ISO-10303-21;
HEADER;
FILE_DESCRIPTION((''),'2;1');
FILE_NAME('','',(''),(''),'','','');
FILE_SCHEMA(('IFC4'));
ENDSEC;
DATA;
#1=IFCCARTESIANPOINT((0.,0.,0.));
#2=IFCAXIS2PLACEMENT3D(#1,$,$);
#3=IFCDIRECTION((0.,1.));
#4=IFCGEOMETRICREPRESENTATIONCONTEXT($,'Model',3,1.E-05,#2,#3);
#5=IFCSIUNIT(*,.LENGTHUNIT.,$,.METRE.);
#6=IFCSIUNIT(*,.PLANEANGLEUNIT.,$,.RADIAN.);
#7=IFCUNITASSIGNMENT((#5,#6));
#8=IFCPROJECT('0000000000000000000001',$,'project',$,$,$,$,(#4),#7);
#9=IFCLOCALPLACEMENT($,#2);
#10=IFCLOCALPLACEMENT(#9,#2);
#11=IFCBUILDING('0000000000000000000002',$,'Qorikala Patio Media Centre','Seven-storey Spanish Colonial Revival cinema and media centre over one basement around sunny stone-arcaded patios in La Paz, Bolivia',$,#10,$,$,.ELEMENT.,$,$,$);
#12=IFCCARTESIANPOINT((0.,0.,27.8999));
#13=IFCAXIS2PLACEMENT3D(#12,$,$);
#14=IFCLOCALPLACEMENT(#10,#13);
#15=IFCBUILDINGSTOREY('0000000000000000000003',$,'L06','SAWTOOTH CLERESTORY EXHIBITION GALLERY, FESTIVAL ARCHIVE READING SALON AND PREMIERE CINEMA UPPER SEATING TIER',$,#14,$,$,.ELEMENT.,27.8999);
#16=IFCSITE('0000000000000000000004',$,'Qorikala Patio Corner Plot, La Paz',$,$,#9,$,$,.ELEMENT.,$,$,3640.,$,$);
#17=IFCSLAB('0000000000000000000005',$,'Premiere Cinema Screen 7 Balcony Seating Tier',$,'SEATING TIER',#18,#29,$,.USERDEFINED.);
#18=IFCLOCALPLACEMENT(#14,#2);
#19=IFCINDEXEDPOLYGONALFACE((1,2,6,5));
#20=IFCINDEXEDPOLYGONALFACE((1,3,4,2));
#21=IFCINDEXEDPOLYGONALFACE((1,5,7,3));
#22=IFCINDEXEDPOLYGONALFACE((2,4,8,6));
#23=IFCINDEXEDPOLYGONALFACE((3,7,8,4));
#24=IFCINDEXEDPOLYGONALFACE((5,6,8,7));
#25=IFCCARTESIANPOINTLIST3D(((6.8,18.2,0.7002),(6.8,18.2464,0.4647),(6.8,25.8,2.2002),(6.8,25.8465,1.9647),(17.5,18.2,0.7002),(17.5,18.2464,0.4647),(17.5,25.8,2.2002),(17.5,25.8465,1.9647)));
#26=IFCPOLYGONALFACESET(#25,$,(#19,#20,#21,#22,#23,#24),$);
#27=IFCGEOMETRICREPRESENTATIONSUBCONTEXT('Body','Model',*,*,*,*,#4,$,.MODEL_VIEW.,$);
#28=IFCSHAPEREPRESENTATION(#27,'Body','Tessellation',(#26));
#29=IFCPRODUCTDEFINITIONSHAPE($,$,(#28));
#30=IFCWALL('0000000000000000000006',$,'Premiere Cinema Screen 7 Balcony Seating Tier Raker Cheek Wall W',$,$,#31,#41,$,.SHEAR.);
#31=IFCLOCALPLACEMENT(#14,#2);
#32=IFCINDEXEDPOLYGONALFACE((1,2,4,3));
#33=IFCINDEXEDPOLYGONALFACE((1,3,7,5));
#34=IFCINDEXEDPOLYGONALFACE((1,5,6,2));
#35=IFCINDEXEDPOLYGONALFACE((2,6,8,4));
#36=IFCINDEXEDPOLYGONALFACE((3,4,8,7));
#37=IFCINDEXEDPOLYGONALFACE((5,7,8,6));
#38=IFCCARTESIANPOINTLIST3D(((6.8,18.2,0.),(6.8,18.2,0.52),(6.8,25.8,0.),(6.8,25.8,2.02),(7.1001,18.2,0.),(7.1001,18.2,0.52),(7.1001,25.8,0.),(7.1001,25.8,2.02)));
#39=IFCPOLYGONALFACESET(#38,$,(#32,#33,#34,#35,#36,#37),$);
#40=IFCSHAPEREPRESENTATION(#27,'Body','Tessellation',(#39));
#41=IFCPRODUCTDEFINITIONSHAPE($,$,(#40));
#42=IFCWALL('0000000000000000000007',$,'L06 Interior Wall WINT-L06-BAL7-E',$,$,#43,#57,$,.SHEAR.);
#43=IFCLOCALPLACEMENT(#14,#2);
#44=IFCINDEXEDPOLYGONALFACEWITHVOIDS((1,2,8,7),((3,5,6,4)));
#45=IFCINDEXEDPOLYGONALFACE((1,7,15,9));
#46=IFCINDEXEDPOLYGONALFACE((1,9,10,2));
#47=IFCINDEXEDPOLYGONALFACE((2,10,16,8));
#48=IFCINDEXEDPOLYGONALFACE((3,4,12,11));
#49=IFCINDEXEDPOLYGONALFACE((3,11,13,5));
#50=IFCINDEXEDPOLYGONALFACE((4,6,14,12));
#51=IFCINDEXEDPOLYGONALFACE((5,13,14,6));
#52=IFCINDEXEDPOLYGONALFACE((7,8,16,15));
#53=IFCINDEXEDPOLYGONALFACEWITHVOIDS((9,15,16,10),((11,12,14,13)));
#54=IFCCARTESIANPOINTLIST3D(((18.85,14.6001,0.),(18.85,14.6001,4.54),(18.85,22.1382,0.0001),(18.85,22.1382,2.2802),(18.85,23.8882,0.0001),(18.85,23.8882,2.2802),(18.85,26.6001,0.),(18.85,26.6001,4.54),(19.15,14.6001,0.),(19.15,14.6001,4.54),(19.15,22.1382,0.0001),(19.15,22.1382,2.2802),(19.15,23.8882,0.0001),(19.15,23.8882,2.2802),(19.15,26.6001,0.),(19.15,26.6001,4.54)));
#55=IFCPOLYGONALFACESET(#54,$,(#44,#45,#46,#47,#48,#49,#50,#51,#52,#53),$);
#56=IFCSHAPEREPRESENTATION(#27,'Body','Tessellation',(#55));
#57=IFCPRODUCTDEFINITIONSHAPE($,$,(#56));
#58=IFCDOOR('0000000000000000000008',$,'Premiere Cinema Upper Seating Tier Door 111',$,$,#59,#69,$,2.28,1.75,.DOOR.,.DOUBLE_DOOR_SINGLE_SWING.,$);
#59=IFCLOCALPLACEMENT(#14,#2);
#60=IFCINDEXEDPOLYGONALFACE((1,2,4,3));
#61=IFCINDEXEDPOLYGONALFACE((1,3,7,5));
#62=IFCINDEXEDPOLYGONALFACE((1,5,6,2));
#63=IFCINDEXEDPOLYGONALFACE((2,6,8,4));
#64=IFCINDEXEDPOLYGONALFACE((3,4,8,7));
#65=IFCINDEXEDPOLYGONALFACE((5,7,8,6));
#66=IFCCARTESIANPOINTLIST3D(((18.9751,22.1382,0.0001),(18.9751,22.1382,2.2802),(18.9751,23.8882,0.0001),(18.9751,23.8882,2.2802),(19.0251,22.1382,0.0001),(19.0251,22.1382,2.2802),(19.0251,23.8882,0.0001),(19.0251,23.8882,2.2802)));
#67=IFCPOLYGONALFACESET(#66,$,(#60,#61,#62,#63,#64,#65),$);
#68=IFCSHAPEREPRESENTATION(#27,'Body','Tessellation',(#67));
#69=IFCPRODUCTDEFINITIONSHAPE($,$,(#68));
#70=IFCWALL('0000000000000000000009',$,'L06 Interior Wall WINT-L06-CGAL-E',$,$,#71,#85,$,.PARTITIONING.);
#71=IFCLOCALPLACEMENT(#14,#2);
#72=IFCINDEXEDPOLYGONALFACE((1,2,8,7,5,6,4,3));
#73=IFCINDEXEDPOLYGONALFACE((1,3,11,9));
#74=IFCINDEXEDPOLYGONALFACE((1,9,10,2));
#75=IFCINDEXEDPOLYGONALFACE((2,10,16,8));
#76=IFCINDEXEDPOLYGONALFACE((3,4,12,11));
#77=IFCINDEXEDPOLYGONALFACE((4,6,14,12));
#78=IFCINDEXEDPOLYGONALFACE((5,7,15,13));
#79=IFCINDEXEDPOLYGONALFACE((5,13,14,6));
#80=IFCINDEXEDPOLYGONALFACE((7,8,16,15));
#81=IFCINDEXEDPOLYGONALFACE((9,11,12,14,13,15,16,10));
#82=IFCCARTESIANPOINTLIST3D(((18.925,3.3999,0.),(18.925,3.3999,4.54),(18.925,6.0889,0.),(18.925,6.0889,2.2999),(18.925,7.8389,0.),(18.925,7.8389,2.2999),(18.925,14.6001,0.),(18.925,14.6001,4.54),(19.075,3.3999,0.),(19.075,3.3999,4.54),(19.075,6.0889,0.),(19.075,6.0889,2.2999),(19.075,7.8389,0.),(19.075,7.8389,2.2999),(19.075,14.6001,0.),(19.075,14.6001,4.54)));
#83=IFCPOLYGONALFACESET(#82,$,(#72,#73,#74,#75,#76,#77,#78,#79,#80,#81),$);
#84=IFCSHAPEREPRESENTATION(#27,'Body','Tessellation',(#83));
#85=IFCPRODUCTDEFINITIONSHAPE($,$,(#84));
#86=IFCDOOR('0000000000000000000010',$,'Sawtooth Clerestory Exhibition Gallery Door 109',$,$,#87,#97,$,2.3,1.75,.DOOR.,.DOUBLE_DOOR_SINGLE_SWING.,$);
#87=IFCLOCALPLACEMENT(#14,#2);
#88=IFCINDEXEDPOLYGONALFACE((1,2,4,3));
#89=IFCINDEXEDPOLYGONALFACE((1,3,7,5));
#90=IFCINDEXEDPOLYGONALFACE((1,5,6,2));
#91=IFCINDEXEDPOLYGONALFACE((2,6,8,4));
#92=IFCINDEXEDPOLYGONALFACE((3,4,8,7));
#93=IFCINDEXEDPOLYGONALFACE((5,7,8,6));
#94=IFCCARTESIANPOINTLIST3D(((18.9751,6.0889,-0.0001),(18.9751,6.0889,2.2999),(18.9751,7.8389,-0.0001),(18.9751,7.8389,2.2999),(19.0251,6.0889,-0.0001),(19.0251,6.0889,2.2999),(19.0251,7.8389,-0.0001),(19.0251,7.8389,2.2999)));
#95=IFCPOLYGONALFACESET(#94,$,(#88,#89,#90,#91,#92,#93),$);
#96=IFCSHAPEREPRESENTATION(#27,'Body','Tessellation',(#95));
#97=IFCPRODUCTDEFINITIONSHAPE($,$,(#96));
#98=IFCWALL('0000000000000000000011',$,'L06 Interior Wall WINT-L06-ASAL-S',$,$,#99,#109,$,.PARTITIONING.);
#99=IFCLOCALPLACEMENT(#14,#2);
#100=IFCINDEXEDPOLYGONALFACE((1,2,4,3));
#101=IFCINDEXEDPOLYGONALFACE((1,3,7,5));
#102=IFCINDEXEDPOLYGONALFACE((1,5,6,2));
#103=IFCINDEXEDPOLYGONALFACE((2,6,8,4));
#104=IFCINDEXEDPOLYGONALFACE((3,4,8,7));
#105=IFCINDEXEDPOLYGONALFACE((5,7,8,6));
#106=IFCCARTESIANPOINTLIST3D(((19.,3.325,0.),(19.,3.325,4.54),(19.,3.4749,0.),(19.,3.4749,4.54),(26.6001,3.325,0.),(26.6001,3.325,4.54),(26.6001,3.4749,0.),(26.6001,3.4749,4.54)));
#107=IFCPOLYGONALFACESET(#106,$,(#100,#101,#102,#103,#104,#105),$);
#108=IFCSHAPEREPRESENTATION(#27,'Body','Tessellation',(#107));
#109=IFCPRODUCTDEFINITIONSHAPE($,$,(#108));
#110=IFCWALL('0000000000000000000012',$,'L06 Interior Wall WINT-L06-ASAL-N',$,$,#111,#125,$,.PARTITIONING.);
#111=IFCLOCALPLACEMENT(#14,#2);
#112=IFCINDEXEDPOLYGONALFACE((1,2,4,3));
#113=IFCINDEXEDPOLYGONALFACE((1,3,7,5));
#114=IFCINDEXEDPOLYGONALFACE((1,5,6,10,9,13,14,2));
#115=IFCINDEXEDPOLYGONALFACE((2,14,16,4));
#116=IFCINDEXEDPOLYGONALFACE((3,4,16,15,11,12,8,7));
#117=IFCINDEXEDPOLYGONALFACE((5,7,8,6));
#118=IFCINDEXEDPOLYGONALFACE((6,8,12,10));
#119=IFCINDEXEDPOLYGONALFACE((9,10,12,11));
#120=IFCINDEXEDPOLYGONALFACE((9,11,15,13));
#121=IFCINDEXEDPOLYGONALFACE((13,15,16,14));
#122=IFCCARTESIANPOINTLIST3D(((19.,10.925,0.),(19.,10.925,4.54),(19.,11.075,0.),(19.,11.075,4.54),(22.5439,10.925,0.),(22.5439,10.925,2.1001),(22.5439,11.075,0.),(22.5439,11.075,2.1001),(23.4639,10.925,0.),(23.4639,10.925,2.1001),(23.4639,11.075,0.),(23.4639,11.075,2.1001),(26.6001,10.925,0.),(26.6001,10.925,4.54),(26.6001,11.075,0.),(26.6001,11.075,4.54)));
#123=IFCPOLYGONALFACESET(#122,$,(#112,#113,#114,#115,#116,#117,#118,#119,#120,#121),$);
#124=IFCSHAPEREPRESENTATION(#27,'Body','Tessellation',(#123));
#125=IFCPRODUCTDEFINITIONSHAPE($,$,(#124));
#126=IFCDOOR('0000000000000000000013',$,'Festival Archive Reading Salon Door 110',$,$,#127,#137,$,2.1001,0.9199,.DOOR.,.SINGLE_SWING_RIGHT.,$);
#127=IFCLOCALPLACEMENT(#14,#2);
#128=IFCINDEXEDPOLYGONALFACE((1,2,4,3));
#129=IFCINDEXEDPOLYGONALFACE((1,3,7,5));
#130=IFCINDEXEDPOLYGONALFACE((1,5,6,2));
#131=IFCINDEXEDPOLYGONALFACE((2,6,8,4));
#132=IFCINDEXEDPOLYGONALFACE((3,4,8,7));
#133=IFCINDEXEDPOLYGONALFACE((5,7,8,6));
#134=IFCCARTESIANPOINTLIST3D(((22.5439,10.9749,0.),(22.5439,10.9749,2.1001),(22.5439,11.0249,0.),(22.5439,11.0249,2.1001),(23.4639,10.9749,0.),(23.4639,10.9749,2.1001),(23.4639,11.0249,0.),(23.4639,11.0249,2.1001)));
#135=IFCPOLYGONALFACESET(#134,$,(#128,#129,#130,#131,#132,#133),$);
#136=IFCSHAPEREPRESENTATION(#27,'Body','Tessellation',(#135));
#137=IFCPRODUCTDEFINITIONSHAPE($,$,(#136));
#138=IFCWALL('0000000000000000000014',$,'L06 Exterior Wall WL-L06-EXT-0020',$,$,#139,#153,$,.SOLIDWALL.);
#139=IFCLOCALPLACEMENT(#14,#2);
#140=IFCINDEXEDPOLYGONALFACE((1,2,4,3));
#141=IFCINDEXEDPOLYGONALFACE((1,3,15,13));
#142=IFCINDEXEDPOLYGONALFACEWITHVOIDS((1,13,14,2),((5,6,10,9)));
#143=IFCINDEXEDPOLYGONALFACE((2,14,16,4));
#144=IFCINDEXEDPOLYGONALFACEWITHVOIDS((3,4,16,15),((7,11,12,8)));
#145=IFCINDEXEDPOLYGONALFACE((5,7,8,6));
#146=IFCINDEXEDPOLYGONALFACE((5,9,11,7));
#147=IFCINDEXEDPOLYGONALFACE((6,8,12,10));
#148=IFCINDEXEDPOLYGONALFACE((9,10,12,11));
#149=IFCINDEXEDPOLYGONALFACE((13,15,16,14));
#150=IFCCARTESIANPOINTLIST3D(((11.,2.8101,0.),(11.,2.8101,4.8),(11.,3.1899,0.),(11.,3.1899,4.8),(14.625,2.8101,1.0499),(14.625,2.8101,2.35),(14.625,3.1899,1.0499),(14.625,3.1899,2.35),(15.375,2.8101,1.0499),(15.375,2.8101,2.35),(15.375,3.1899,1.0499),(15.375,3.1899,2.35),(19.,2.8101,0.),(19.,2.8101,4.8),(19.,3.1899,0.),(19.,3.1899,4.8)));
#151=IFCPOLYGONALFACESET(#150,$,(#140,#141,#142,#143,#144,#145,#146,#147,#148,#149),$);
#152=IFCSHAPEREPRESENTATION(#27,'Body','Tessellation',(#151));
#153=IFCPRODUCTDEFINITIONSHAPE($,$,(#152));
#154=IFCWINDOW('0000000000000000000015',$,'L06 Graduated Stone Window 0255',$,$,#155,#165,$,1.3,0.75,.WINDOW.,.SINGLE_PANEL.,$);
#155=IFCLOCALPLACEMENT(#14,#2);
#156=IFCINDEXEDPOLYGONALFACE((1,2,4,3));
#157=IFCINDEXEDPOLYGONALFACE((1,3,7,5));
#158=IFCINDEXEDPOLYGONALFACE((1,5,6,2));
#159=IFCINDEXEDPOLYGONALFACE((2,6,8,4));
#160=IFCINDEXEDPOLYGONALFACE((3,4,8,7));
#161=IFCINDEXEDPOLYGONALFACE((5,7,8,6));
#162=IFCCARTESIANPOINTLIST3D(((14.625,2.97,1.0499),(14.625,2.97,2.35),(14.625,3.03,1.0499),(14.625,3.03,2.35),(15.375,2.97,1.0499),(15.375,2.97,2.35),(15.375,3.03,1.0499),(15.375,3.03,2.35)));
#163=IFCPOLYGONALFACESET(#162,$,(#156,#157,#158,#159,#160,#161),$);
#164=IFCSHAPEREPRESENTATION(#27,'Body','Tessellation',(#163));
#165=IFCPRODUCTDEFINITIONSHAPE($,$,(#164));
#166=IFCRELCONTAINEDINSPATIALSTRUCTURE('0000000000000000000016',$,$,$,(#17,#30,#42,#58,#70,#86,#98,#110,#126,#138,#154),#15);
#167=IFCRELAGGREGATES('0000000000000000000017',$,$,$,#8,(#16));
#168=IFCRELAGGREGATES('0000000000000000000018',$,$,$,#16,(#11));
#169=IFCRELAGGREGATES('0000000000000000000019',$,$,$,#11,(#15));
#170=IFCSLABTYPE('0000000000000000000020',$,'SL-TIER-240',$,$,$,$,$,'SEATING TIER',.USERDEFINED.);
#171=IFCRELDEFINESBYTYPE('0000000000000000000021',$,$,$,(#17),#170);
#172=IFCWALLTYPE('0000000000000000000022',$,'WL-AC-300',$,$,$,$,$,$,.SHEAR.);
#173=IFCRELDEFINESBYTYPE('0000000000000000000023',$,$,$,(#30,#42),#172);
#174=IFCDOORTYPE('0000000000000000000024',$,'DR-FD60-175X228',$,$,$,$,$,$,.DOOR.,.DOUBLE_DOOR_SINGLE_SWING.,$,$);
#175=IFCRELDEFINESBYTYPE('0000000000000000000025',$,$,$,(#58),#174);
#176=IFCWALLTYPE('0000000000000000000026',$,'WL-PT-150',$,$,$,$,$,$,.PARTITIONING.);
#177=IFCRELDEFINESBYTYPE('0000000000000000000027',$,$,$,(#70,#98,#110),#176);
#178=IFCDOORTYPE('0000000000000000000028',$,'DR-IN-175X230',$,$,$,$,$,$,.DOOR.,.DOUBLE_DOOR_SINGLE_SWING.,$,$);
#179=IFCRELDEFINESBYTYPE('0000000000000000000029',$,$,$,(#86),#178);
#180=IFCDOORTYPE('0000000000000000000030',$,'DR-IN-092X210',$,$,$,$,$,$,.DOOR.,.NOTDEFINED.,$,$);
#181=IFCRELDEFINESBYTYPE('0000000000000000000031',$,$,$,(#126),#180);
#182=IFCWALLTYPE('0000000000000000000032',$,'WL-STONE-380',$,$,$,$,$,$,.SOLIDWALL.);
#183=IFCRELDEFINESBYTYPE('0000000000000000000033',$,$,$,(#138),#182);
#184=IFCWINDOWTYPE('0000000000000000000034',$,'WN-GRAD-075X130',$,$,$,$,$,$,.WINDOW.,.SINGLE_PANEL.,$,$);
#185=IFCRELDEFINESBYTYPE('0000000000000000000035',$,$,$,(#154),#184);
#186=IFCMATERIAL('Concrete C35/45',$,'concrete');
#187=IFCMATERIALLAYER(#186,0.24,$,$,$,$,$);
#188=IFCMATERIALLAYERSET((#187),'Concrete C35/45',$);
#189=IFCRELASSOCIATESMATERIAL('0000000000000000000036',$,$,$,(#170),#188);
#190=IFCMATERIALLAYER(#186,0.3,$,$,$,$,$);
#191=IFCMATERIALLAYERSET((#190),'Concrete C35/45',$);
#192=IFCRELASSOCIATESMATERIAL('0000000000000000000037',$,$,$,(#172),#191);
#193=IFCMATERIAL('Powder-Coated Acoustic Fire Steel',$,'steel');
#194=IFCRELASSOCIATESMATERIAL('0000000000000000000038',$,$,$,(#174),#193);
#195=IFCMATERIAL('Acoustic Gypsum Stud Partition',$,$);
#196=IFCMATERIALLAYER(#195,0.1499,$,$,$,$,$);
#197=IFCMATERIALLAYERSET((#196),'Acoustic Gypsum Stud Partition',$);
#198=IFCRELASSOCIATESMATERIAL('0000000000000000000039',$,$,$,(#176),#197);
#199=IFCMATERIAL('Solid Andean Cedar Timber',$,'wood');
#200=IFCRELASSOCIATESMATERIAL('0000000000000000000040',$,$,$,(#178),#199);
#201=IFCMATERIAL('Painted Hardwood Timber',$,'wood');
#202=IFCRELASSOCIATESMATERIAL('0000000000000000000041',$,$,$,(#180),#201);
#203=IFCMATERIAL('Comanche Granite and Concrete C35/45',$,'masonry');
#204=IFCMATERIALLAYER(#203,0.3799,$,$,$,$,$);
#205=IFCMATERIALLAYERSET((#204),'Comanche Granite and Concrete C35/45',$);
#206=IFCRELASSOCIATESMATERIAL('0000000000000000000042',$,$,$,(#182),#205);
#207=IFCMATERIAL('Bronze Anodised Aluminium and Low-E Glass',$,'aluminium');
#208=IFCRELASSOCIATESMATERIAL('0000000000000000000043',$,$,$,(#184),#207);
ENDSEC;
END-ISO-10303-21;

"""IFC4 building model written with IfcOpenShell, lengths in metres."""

from ifc_helpers import new_model, si_unit, direction, frame, frame_2d, origin, place, context, subcontext, project, spatial, polyline, rectangle, outline, extrude, material, layer, layer_set, type_object, element, fill, save


model = new_model("IFC4")

# Units and contexts
model_context = context("Model", 3, precision=1e-05, world=origin(), true_north=direction((0.0, 1.0)))
body_context = subcontext(model_context, "Body", "Model", "MODEL_VIEW")
ifc_project = project(units=[si_unit("LENGTHUNIT", "METRE"), si_unit("PLANEANGLEUNIT", "RADIAN")], contexts=[model_context])

# Site, building, storey
site_placement = place(None, origin())
site = spatial("IfcSite", under=ifc_project, at=site_placement, Name="Qorikala Patio Corner Plot, La Paz", CompositionType="ELEMENT", RefElevation=3640.0)
building_placement = place(site_placement, origin())
building = spatial("IfcBuilding", under=site, at=building_placement, Name="Qorikala Patio Media Centre", Description="Seven-storey Spanish Colonial Revival cinema and media centre over one basement around sunny stone-arcaded patios in La Paz, Bolivia", CompositionType="ELEMENT")
storey_placement = place(building_placement, frame((0.0, 0.0, 27.8999)))
storey = spatial("IfcBuildingStorey", under=building, at=storey_placement, Name="L06", Description="SAWTOOTH CLERESTORY EXHIBITION GALLERY, FESTIVAL ARCHIVE READING SALON AND PREMIERE CINEMA UPPER SEATING TIER", CompositionType="ELEMENT", Elevation=27.8999)

# Shared definitions
ifc_material_1 = material(Name="Concrete C35/45", Category="concrete")

# Slab
ifc_layer_1 = layer(ifc_material_1, 0.24)
ifc_layer_set_1 = layer_set([ifc_layer_1], Name="Concrete C35/45")
slab_type = type_object("IfcSlabType", Name="SL-TIER-240", ElementType="SEATING TIER", PredefinedType="USERDEFINED", material=ifc_layer_set_1)
slab_placement = place(storey_placement, frame((6.8, 18.2, 0.7002), z_axis=(0.0, -0.193631, 0.981075), x_axis=(1.0, 0.0, 0.0)))
element("IfcSlab", 1, at=slab_placement, inside=storey, type_object=slab_type, Name="Premiere Cinema Screen 7 Balcony Seating Tier", ObjectType="SEATING TIER", PredefinedType="USERDEFINED", context=body_context, shape_type="SweptSolid", body=[
    extrude(outline(polyline([(0.0, 0.0), (10.7, 0.0), (10.7, 7.7467), (0.0, 7.7467), (0.0, 0.0)])), origin(), (0.0, 0.0, -1.0), 0.24),
])

# Wall
ifc_layer_2 = layer(ifc_material_1, 0.3)
ifc_layer_set_2 = layer_set([ifc_layer_2], Name="Concrete C35/45")
wall_type_1 = type_object("IfcWallType", Name="WL-AC-300", PredefinedType="SHEAR", material=ifc_layer_set_2)
wall_1_placement = place(storey_placement, frame((6.95, 18.2, 0.0), z_axis=(0.0, 0.0, 1.0), x_axis=(0.0, 1.0, 0.0)))
element("IfcWall", 2, at=wall_1_placement, inside=storey, type_object=wall_type_1, Name="Premiere Cinema Screen 7 Balcony Seating Tier Raker Cheek Wall W", PredefinedType="SHEAR", context=body_context, shape_type="SweptSolid", body=[
    extrude(outline(polyline([(0.0, 0.0), (7.6001, 0.0), (7.6001, 2.02), (0.0, 0.52), (0.0, 0.0)])), frame((0.0, 0.1499, 0.0), z_axis=(0.0, -1.0, 0.0), x_axis=(1.0, 0.0, 0.0)), (0.0, 0.0, 1.0), 0.3),
])

# Walls, openings, doors
wall_2_placement = place(storey_placement, frame((19.0, 14.6001, 0.0), z_axis=(0.0, 0.0, 1.0), x_axis=(0.0, 1.0, 0.0)))
wall_2 = element("IfcWall", 3, at=wall_2_placement, inside=storey, type_object=wall_type_1, Name="L06 Interior Wall WINT-L06-BAL7-E", PredefinedType="SHEAR", context=body_context, shape_type="SweptSolid", body=[
    extrude(rectangle(XDim=12.0, YDim=0.3, at=frame_2d((6.0, 0.0))), origin(), (0.0, 0.0, 1.0), 4.54),
])
opening_1_placement = place(wall_2_placement, frame((7.5381, 0.0, 0.0)))
opening_1 = element("IfcOpeningElement", 4, at=opening_1_placement, cuts=wall_2, PredefinedType="OPENING", context=body_context, shape_type="SweptSolid", body=[
    extrude(rectangle(XDim=1.75, YDim=2.28, at=frame_2d((0.875, 1.1401))), frame((0.0, 0.1599, 0.0), z_axis=(0.0, -1.0, 0.0), x_axis=(1.0, 0.0, 0.0)), (0.0, 0.0, 1.0), 0.3201),
])
ifc_material_2 = material(Name="Powder-Coated Acoustic Fire Steel", Category="steel")
door_type_1 = type_object("IfcDoorType", Name="DR-FD60-175X228", OperationType="DOUBLE_DOOR_SINGLE_SWING", PredefinedType="DOOR", material=ifc_material_2)
door_1_placement = place(opening_1_placement, origin())
door_1 = element("IfcDoor", 5, at=door_1_placement, inside=storey, type_object=door_type_1, Name="Premiere Cinema Upper Seating Tier Door 111", OperationType="DOUBLE_DOOR_SINGLE_SWING", OverallHeight=2.28, OverallWidth=1.75, PredefinedType="DOOR", context=body_context, shape_type="SweptSolid", body=[
    extrude(rectangle(XDim=1.75, YDim=2.28, at=frame_2d((0.875, 1.1401))), frame((0.0, 0.0249, 0.0), z_axis=(0.0, -1.0, 0.0), x_axis=(1.0, 0.0, 0.0)), (0.0, 0.0, 1.0), 0.05),
])
fill(opening_1, door_1)
ifc_material_3 = material(Name="Acoustic Gypsum Stud Partition")
ifc_layer_3 = layer(ifc_material_3, 0.1499)
ifc_layer_set_3 = layer_set([ifc_layer_3], Name="Acoustic Gypsum Stud Partition")
wall_type_2 = type_object("IfcWallType", Name="WL-PT-150", PredefinedType="PARTITIONING", material=ifc_layer_set_3)
wall_3_placement = place(storey_placement, frame((19.0, 3.3999, 0.0), z_axis=(0.0, 0.0, 1.0), x_axis=(0.0, 1.0, 0.0)))
wall_3 = element("IfcWall", 6, at=wall_3_placement, inside=storey, type_object=wall_type_2, Name="L06 Interior Wall WINT-L06-CGAL-E", PredefinedType="PARTITIONING", context=body_context, shape_type="SweptSolid", body=[
    extrude(rectangle(XDim=11.2002, YDim=0.1499, at=frame_2d((5.6001, 0.0))), origin(), (0.0, 0.0, 1.0), 4.54),
])
opening_2_placement = place(wall_3_placement, frame((2.689, 0.0, 0.0)))
opening_2 = element("IfcOpeningElement", 7, at=opening_2_placement, cuts=wall_3, PredefinedType="OPENING", context=body_context, shape_type="SweptSolid", body=[
    extrude(rectangle(XDim=1.75, YDim=2.3, at=frame_2d((0.875, 1.1499))), frame((0.0, 0.085, 0.0), z_axis=(0.0, -1.0, 0.0), x_axis=(1.0, 0.0, 0.0)), (0.0, 0.0, 1.0), 0.1699),
])
ifc_material_4 = material(Name="Solid Andean Cedar Timber", Category="wood")
door_type_2 = type_object("IfcDoorType", Name="DR-IN-175X230", OperationType="DOUBLE_DOOR_SINGLE_SWING", PredefinedType="DOOR", material=ifc_material_4)
door_2_placement = place(opening_2_placement, origin())
door_2 = element("IfcDoor", 8, at=door_2_placement, inside=storey, type_object=door_type_2, Name="Sawtooth Clerestory Exhibition Gallery Door 109", OperationType="DOUBLE_DOOR_SINGLE_SWING", OverallHeight=2.3, OverallWidth=1.75, PredefinedType="DOOR", context=body_context, shape_type="SweptSolid", body=[
    extrude(rectangle(XDim=1.75, YDim=2.3, at=frame_2d((0.875, 1.1499))), frame((0.0, 0.0249, 0.0), z_axis=(0.0, -1.0, 0.0), x_axis=(1.0, 0.0, 0.0)), (0.0, 0.0, 1.0), 0.05),
])
fill(opening_2, door_2)

# Wall
wall_4_placement = place(storey_placement, frame((19.0, 3.3999, 0.0), z_axis=(0.0, 0.0, 1.0), x_axis=(1.0, 0.0, 0.0)))
element("IfcWall", 9, at=wall_4_placement, inside=storey, type_object=wall_type_2, Name="L06 Interior Wall WINT-L06-ASAL-S", PredefinedType="PARTITIONING", context=body_context, shape_type="SweptSolid", body=[
    extrude(rectangle(XDim=7.6001, YDim=0.1499, at=frame_2d((3.8, 0.0))), origin(), (0.0, 0.0, 1.0), 4.54),
])

# Wall, opening, door
wall_5_placement = place(storey_placement, frame((19.0, 11.0, 0.0), z_axis=(0.0, 0.0, 1.0), x_axis=(1.0, 0.0, 0.0)))
wall_5 = element("IfcWall", 10, at=wall_5_placement, inside=storey, type_object=wall_type_2, Name="L06 Interior Wall WINT-L06-ASAL-N", PredefinedType="PARTITIONING", context=body_context, shape_type="SweptSolid", body=[
    extrude(rectangle(XDim=7.6001, YDim=0.1499, at=frame_2d((3.8, 0.0))), origin(), (0.0, 0.0, 1.0), 4.54),
])
opening_3_placement = place(wall_5_placement, frame((3.5439, 0.0, 0.0)))
opening_3 = element("IfcOpeningElement", 11, at=opening_3_placement, cuts=wall_5, PredefinedType="OPENING", context=body_context, shape_type="SweptSolid", body=[
    extrude(rectangle(XDim=0.9199, YDim=2.1001, at=frame_2d((0.46, 1.05))), frame((0.0, 0.085, 0.0), z_axis=(0.0, -1.0, 0.0), x_axis=(1.0, 0.0, 0.0)), (0.0, 0.0, 1.0), 0.1699),
])
ifc_material_5 = material(Name="Painted Hardwood Timber", Category="wood")
door_type_3 = type_object("IfcDoorType", Name="DR-IN-092X210", OperationType="NOTDEFINED", PredefinedType="DOOR", material=ifc_material_5)
door_3_placement = place(opening_3_placement, origin())
door_3 = element("IfcDoor", 12, at=door_3_placement, inside=storey, type_object=door_type_3, Name="Festival Archive Reading Salon Door 110", OperationType="SINGLE_SWING_RIGHT", OverallHeight=2.1001, OverallWidth=0.9199, PredefinedType="DOOR", context=body_context, shape_type="SweptSolid", body=[
    extrude(rectangle(XDim=0.9199, YDim=2.1001, at=frame_2d((0.46, 1.05))), frame((0.0, 0.0249, 0.0), z_axis=(0.0, -1.0, 0.0), x_axis=(1.0, 0.0, 0.0)), (0.0, 0.0, 1.0), 0.05),
])
fill(opening_3, door_3)

# Wall, opening, window
ifc_material_6 = material(Name="Comanche Granite and Concrete C35/45", Category="masonry")
ifc_layer_4 = layer(ifc_material_6, 0.3799)
ifc_layer_set_4 = layer_set([ifc_layer_4], Name="Comanche Granite and Concrete C35/45")
wall_type_3 = type_object("IfcWallType", Name="WL-STONE-380", PredefinedType="SOLIDWALL", material=ifc_layer_set_4)
wall_6_placement = place(storey_placement, frame((19.0, 3.0, 0.0), z_axis=(0.0, 0.0, 1.0), x_axis=(-1.0, 0.0, 0.0)))
wall_6 = element("IfcWall", 13, at=wall_6_placement, inside=storey, type_object=wall_type_3, Name="L06 Exterior Wall WL-L06-EXT-0020", PredefinedType="SOLIDWALL", context=body_context, shape_type="SweptSolid", body=[
    extrude(rectangle(XDim=8.0, YDim=0.3799, at=frame_2d((4.0, 0.0))), origin(), (0.0, 0.0, 1.0), 4.8),
])
opening_4_placement = place(wall_6_placement, frame((3.625, 0.0, 1.05)))
opening_4 = element("IfcOpeningElement", 14, at=opening_4_placement, cuts=wall_6, PredefinedType="OPENING", context=body_context, shape_type="SweptSolid", body=[
    extrude(rectangle(XDim=0.75, YDim=1.3, at=frame_2d((0.375, 0.6499))), frame((0.0, 0.2, 0.0), z_axis=(0.0, -1.0, 0.0), x_axis=(1.0, 0.0, 0.0)), (0.0, 0.0, 1.0), 0.3999),
])
ifc_material_7 = material(Name="Bronze Anodised Aluminium and Low-E Glass", Category="aluminium")
window_type_1 = type_object("IfcWindowType", Name="WN-GRAD-075X130", PartitioningType="SINGLE_PANEL", PredefinedType="WINDOW", material=ifc_material_7)
window_1_placement = place(opening_4_placement, origin())
window_1 = element("IfcWindow", 15, at=window_1_placement, inside=storey, type_object=window_type_1, Name="L06 Graduated Stone Window 0255", OverallHeight=1.3, OverallWidth=0.75, PartitioningType="SINGLE_PANEL", PredefinedType="WINDOW", context=body_context, shape_type="SweptSolid", body=[
    extrude(rectangle(XDim=0.75, YDim=1.3, at=frame_2d((0.375, 0.6499))), frame((0.0, 0.03, 0.0), z_axis=(0.0, -1.0, 0.0), x_axis=(1.0, 0.0, 0.0)), (0.0, 0.0, 1.0), 0.0601),
])
fill(opening_4, window_1)

save(model, "model.ifc")
